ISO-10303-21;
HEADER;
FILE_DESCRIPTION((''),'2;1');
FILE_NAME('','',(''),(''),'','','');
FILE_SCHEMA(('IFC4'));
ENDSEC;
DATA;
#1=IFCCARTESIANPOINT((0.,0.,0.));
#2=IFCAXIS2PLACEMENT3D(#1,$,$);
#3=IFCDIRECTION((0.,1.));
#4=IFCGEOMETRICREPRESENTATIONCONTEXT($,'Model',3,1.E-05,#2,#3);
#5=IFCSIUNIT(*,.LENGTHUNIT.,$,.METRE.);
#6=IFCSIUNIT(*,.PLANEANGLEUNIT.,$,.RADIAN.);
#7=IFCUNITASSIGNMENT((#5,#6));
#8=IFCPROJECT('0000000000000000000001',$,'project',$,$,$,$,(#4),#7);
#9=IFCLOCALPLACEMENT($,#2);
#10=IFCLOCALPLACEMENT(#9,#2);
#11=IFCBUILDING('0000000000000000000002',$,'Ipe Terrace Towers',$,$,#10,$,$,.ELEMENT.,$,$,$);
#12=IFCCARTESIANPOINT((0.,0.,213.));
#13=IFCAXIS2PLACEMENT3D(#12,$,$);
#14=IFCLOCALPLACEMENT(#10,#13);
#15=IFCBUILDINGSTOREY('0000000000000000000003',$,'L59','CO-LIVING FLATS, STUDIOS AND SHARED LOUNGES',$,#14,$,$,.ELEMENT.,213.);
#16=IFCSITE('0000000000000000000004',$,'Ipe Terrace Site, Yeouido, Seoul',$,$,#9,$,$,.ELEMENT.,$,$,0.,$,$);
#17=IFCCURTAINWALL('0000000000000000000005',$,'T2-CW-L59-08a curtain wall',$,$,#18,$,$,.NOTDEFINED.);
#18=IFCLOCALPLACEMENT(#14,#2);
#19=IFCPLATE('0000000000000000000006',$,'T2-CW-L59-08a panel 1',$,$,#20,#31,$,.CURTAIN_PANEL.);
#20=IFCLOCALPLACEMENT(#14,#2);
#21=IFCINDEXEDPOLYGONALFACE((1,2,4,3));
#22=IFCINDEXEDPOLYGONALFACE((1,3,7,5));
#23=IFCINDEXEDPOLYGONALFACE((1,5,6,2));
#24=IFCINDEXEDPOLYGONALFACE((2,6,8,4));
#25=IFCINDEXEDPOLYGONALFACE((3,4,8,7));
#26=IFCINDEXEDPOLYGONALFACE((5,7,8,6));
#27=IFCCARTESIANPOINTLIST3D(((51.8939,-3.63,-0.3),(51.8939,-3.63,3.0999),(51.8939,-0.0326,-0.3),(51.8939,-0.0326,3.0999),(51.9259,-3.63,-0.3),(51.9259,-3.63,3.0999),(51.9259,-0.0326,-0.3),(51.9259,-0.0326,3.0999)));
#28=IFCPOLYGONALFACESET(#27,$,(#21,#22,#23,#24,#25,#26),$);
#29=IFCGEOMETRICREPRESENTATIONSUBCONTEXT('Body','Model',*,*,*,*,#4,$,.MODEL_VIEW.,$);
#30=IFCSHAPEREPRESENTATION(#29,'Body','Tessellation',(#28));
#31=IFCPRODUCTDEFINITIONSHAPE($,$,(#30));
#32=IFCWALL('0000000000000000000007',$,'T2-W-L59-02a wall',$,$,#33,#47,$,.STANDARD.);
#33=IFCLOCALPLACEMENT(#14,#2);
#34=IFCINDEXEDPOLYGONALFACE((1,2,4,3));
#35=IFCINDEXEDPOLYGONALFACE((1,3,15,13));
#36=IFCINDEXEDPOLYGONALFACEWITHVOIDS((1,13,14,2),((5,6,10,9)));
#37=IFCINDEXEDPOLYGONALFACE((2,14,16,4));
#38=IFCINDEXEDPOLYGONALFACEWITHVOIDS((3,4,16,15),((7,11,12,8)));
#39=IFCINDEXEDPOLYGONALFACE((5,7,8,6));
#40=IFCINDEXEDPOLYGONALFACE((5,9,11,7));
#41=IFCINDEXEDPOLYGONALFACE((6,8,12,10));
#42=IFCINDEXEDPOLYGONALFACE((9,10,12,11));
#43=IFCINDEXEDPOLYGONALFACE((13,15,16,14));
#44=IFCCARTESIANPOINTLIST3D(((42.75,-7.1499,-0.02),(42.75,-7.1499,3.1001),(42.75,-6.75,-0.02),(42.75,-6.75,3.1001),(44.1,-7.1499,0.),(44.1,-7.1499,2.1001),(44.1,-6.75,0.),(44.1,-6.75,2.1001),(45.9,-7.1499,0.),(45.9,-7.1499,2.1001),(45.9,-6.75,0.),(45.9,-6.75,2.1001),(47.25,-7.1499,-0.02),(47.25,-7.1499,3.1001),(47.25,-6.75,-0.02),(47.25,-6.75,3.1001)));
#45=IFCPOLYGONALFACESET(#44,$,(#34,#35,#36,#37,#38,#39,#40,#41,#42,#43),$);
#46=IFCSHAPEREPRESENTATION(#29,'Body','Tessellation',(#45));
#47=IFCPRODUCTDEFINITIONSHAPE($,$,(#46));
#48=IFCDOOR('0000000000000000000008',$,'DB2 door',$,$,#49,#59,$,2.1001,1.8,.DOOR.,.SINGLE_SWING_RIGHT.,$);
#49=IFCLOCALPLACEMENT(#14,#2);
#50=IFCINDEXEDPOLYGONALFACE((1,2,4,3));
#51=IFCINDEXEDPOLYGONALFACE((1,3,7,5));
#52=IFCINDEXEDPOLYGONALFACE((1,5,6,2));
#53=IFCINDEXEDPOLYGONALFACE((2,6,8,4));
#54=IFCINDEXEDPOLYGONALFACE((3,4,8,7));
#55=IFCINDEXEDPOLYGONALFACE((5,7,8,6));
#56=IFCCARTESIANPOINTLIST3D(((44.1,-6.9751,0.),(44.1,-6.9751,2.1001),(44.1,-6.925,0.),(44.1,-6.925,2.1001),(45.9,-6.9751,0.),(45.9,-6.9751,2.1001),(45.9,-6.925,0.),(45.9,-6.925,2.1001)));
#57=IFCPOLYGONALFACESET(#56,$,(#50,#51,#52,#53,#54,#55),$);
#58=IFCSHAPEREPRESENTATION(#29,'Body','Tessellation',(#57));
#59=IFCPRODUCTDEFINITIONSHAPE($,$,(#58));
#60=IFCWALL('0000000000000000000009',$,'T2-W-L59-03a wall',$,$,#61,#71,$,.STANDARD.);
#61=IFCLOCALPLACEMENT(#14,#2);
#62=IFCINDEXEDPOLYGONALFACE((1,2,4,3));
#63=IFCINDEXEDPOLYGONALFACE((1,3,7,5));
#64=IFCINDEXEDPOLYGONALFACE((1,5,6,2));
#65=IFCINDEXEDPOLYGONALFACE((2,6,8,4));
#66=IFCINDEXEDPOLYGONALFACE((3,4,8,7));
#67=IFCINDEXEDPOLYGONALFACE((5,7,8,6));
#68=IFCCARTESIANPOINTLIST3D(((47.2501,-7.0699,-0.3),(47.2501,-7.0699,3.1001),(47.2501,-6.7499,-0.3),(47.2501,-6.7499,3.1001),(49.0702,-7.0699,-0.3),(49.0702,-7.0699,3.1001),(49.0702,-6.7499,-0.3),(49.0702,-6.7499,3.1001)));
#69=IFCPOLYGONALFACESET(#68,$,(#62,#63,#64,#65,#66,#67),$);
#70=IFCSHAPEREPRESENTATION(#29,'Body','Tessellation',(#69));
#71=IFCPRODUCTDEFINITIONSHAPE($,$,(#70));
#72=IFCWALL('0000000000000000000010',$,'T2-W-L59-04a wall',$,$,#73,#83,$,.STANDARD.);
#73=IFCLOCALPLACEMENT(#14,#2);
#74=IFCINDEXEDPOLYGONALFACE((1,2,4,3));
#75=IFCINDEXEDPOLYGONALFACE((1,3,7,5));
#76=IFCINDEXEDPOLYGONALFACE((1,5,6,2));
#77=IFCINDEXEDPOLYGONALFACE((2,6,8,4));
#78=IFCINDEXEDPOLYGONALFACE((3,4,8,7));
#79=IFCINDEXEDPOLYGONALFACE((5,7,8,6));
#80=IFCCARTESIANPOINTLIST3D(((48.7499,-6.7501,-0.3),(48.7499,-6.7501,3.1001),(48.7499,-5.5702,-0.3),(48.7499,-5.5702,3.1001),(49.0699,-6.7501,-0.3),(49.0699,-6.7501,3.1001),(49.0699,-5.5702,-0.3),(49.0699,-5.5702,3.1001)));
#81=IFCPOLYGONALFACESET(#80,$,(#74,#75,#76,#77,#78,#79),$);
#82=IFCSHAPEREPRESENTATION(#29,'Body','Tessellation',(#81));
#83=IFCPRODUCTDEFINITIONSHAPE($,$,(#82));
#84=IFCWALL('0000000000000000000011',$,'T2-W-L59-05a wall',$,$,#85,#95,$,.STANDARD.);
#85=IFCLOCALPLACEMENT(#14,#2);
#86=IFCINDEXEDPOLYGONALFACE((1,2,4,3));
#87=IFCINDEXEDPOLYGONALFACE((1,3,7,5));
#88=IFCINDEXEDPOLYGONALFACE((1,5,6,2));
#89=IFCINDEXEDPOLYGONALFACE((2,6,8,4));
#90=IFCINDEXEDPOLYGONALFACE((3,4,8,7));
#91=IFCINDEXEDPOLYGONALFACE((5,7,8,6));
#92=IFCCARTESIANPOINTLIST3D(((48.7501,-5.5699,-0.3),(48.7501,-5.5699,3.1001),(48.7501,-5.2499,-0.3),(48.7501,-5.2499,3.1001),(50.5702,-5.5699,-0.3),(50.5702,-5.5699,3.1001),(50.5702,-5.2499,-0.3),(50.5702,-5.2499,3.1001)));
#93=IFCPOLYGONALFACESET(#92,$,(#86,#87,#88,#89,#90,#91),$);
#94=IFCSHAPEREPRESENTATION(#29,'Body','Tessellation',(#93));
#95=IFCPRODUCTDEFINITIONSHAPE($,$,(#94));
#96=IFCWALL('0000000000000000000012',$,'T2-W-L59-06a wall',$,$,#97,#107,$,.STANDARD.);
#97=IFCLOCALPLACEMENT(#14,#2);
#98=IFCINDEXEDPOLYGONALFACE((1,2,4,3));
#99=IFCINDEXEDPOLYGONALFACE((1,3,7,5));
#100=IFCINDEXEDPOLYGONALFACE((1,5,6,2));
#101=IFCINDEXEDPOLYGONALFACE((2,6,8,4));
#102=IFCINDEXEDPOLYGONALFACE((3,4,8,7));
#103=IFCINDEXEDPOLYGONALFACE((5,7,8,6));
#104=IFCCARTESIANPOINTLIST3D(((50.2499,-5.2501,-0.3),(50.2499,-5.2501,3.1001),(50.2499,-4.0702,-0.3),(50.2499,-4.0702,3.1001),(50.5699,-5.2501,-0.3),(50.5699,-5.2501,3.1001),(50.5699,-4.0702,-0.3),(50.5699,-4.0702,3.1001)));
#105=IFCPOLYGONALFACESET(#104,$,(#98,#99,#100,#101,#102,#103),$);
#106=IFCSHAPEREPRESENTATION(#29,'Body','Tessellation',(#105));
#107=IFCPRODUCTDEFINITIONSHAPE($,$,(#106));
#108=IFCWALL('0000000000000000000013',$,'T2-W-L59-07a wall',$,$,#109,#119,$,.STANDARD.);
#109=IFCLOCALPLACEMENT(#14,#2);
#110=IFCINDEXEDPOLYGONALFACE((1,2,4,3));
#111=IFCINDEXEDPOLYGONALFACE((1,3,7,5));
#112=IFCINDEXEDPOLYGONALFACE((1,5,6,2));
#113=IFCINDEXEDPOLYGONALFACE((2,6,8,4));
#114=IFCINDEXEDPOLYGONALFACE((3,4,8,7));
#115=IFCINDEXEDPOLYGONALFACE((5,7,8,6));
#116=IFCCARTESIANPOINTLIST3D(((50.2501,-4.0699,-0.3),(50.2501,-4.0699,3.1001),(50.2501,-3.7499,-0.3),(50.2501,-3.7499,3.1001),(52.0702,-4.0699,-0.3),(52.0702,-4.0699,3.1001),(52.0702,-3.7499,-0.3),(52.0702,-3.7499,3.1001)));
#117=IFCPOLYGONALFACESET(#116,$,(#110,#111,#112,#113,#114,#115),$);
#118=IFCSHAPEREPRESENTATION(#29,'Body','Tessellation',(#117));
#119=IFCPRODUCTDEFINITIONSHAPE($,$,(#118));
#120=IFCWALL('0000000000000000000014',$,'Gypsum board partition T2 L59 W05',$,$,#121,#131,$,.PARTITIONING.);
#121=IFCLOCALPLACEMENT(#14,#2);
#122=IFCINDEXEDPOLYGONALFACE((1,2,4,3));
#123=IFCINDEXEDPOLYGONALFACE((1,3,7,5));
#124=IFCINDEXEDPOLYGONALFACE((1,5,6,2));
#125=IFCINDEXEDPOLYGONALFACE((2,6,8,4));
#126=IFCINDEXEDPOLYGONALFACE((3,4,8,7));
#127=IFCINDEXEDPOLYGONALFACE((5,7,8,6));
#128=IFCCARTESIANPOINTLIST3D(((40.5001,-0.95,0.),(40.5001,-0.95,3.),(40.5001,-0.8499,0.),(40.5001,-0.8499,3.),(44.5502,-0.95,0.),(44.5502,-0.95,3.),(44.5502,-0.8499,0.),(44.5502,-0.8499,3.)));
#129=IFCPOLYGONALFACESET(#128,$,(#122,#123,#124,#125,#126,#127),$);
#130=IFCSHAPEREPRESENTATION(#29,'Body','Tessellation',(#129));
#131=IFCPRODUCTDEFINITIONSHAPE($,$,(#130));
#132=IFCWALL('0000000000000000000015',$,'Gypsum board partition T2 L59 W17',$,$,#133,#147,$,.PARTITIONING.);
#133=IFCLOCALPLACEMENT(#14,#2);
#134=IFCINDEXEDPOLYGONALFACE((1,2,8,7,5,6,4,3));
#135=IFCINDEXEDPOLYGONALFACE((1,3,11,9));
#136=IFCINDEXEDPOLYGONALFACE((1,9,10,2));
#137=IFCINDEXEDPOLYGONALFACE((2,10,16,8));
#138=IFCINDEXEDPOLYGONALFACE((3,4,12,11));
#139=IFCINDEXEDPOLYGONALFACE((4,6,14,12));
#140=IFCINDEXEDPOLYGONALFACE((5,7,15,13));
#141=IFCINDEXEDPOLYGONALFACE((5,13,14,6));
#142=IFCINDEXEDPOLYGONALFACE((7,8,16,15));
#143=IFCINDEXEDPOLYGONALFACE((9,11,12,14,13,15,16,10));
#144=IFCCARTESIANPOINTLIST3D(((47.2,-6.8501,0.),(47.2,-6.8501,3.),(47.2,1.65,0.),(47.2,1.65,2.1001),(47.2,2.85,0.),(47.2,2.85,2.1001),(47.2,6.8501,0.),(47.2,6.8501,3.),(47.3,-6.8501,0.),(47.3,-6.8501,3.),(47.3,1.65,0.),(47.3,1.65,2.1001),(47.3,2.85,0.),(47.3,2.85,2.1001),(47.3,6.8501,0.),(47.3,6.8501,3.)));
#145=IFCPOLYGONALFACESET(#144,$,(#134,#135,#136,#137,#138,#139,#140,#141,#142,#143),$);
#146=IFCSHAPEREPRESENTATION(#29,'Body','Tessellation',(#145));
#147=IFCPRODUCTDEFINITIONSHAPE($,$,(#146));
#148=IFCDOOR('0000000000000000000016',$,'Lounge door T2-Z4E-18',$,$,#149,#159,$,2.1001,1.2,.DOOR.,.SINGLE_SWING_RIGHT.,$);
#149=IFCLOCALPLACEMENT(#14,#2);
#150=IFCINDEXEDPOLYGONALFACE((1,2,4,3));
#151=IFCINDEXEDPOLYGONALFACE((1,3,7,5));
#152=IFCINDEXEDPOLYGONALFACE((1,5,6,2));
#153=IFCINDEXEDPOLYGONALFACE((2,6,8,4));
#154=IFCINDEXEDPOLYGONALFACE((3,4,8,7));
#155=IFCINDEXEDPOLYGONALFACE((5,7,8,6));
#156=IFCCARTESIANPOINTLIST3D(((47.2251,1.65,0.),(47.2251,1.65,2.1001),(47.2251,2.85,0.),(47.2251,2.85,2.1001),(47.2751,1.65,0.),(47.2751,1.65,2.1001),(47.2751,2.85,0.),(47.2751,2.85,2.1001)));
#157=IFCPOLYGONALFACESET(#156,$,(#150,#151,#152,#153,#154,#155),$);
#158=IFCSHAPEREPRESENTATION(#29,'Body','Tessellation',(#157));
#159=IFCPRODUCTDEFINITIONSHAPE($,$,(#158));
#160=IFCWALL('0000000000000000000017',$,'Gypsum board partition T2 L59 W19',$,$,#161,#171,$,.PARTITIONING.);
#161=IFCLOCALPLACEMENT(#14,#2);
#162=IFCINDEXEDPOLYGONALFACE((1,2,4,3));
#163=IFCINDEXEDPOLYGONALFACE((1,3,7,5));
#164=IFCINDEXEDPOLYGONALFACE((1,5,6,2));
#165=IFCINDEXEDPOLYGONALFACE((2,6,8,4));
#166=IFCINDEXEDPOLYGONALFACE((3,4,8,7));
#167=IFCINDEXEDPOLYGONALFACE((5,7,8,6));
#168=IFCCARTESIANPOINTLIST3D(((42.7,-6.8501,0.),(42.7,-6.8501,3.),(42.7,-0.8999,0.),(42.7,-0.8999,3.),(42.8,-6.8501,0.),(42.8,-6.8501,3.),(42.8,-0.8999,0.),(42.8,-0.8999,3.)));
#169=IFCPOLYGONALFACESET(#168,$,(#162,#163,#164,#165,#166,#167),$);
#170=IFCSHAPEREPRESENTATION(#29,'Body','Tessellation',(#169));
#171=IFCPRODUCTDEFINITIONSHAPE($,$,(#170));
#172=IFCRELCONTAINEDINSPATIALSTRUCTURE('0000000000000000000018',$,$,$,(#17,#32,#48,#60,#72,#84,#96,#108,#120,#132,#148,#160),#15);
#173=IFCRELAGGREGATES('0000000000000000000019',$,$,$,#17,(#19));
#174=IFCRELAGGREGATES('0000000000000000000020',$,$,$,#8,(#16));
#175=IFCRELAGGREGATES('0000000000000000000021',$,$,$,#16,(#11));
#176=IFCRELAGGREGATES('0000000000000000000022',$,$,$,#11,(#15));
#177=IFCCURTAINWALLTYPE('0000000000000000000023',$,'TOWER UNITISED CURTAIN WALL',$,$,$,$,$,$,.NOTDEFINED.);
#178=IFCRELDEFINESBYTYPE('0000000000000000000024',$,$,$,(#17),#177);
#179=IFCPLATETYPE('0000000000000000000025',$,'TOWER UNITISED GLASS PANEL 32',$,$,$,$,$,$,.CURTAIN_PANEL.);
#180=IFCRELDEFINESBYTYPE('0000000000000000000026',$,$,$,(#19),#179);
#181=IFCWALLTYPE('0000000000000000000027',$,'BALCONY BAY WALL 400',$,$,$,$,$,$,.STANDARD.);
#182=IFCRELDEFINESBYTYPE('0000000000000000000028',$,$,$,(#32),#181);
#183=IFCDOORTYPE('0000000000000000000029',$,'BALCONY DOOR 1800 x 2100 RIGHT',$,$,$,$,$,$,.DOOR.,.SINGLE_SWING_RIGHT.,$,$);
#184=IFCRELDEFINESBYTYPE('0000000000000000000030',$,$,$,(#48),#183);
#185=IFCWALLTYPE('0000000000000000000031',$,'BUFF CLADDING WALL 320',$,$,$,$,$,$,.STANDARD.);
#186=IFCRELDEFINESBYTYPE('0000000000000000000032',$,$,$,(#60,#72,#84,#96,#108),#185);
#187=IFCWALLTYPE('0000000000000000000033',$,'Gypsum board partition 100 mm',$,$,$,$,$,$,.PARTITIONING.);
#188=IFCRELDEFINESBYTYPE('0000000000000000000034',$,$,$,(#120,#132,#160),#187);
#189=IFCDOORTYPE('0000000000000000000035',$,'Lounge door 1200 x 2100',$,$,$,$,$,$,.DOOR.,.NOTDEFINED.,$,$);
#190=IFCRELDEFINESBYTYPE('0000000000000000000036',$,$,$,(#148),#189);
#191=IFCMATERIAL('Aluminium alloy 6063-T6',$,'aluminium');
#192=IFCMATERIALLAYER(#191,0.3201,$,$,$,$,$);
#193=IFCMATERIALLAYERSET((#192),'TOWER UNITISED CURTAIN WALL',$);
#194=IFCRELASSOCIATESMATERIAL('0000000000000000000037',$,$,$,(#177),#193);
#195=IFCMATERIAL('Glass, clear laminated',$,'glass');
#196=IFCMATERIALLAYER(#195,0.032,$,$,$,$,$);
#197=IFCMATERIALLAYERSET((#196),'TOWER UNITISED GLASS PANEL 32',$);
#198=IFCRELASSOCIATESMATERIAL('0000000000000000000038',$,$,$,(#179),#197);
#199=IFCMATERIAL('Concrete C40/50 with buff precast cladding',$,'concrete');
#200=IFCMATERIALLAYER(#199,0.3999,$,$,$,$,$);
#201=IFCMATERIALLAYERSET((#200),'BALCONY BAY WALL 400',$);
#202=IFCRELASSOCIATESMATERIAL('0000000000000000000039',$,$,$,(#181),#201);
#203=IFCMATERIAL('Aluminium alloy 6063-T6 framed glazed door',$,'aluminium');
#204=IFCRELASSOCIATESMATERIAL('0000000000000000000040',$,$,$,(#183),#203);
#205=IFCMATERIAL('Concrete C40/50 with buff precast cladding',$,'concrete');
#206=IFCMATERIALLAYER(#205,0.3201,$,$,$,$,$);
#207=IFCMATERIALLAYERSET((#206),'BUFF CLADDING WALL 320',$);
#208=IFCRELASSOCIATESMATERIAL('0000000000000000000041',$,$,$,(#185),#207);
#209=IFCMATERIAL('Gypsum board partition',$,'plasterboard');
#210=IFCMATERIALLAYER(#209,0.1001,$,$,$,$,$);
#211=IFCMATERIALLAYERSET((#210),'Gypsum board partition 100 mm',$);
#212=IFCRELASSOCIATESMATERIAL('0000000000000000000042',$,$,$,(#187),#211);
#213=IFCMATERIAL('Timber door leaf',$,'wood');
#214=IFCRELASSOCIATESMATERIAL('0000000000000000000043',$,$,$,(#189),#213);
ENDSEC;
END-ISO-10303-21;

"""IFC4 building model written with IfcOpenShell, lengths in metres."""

from ifc_helpers import new_model, si_unit, direction, frame, frame_2d, origin, origin_2d, place, context, subcontext, project, spatial, rectangle, extrude, material, layer, layer_set, type_object, element, fill, aggregate, save


model = new_model("IFC4")

# Units and contexts
model_context = context("Model", 3, precision=1e-05, world=origin(), true_north=direction((0.0, 1.0)))
body_context = subcontext(model_context, "Body", "Model", "MODEL_VIEW")
ifc_project = project(units=[si_unit("LENGTHUNIT", "METRE"), si_unit("PLANEANGLEUNIT", "RADIAN")], contexts=[model_context])

# Site, building, storey
site_placement = place(None, origin())
site = spatial("IfcSite", under=ifc_project, at=site_placement, Name="Ipe Terrace Site, Yeouido, Seoul", CompositionType="ELEMENT", RefElevation=0.0)
building_placement = place(site_placement, origin())
building = spatial("IfcBuilding", under=site, at=building_placement, Name="Ipe Terrace Towers", CompositionType="ELEMENT")
storey_placement = place(building_placement, frame((0.0, 0.0, 213.0)))
storey = spatial("IfcBuildingStorey", under=building, at=storey_placement, Name="L59", Description="CO-LIVING FLATS, STUDIOS AND SHARED LOUNGES", CompositionType="ELEMENT", Elevation=213.0)

# Curtain wall, plate
ifc_material_1 = material(Name="Aluminium alloy 6063-T6", Category="aluminium")
ifc_layer_1 = layer(ifc_material_1, 0.3201)
ifc_layer_set_1 = layer_set([ifc_layer_1], Name="TOWER UNITISED CURTAIN WALL")
curtain_wall_type = type_object("IfcCurtainWallType", Name="TOWER UNITISED CURTAIN WALL", PredefinedType="NOTDEFINED", material=ifc_layer_set_1)
curtain_wall_placement = place(storey_placement, origin())
curtain_wall = element("IfcCurtainWall", 1, at=curtain_wall_placement, inside=storey, type_object=curtain_wall_type, Name="T2-CW-L59-08a curtain wall", PredefinedType="NOTDEFINED")
ifc_material_2 = material(Name="Glass, clear laminated", Category="glass")
ifc_layer_2 = layer(ifc_material_2, 0.032)
ifc_layer_set_2 = layer_set([ifc_layer_2], Name="TOWER UNITISED GLASS PANEL 32")
plate_type = type_object("IfcPlateType", Name="TOWER UNITISED GLASS PANEL 32", PredefinedType="CURTAIN_PANEL", material=ifc_layer_set_2)
plate_placement = place(storey_placement, frame((51.9099, -1.8313, -0.3), z_axis=(0.0, 0.0, 1.0), x_axis=(0.0, 1.0, 0.0)))
plate = element("IfcPlate", 2, at=plate_placement, type_object=plate_type, Name="T2-CW-L59-08a panel 1", PredefinedType="CURTAIN_PANEL", context=body_context, shape_type="SweptSolid", body=[
    extrude(rectangle(XDim=3.5974, YDim=0.032, at=origin_2d()), origin(), (0.0, 0.0, 1.0), 3.3999),
])
aggregate(curtain_wall, [plate])

# Wall, opening, door
ifc_material_3 = material(Name="Concrete C40/50 with buff precast cladding", Category="concrete")
ifc_layer_3 = layer(ifc_material_3, 0.3999)
ifc_layer_set_3 = layer_set([ifc_layer_3], Name="BALCONY BAY WALL 400")
wall_type_1 = type_object("IfcWallType", Name="BALCONY BAY WALL 400", PredefinedType="STANDARD", material=ifc_layer_set_3)
wall_1_placement = place(storey_placement, frame((42.75, -6.95, -0.02), z_axis=(0.0, 0.0, 1.0), x_axis=(1.0, 0.0, 0.0)))
wall_1 = element("IfcWall", 3, at=wall_1_placement, inside=storey, type_object=wall_type_1, Name="T2-W-L59-02a wall", PredefinedType="STANDARD", context=body_context, shape_type="SweptSolid", body=[
    extrude(rectangle(XDim=4.5, YDim=0.3999, at=frame_2d((2.25, 0.0))), origin(), (0.0, 0.0, 1.0), 3.1201),
])
opening_1_placement = place(wall_1_placement, frame((1.3501, 0.0, 0.02)))
opening_1 = element("IfcOpeningElement", 4, at=opening_1_placement, cuts=wall_1, PredefinedType="OPENING", context=body_context, shape_type="SweptSolid", body=[
    extrude(rectangle(XDim=1.8, YDim=2.1001, at=frame_2d((0.8999, 1.05))), frame((0.0, 0.21, 0.0), z_axis=(0.0, -1.0, 0.0), x_axis=(1.0, 0.0, 0.0)), (0.0, 0.0, 1.0), 0.4199),
])
ifc_material_4 = material(Name="Aluminium alloy 6063-T6 framed glazed door", Category="aluminium")
door_type_1 = type_object("IfcDoorType", Name="BALCONY DOOR 1800 x 2100 RIGHT", OperationType="SINGLE_SWING_RIGHT", PredefinedType="DOOR", material=ifc_material_4)
door_1_placement = place(opening_1_placement, origin())
door_1 = element("IfcDoor", 5, at=door_1_placement, inside=storey, type_object=door_type_1, Name="DB2 door", OperationType="SINGLE_SWING_RIGHT", OverallHeight=2.1001, OverallWidth=1.8, PredefinedType="DOOR", context=body_context, shape_type="SweptSolid", body=[
    extrude(rectangle(XDim=1.8, YDim=2.1001, at=frame_2d((0.8999, 1.05))), frame((0.0, 0.0249, 0.0), z_axis=(0.0, -1.0, 0.0), x_axis=(1.0, 0.0, 0.0)), (0.0, 0.0, 1.0), 0.05),
])
fill(opening_1, door_1)

# Walls
ifc_material_5 = material(Name="Concrete C40/50 with buff precast cladding", Category="concrete")
ifc_layer_4 = layer(ifc_material_5, 0.3201)
ifc_layer_set_4 = layer_set([ifc_layer_4], Name="BUFF CLADDING WALL 320")
wall_type_2 = type_object("IfcWallType", Name="BUFF CLADDING WALL 320", PredefinedType="STANDARD", material=ifc_layer_set_4)
wall_2_placement = place(storey_placement, frame((47.25, -6.9099, -0.3), z_axis=(0.0, 0.0, 1.0), x_axis=(1.0, 0.0, 0.0)))
element("IfcWall", 6, at=wall_2_placement, inside=storey, type_object=wall_type_2, Name="T2-W-L59-03a wall", PredefinedType="STANDARD", context=body_context, shape_type="SweptSolid", body=[
    extrude(rectangle(XDim=1.8201, YDim=0.3201, at=frame_2d((0.9102, 0.0))), origin(), (0.0, 0.0, 1.0), 3.4001),
])
wall_3_placement = place(storey_placement, frame((48.9099, -6.75, -0.3), z_axis=(0.0, 0.0, 1.0), x_axis=(0.0, 1.0, 0.0)))
element("IfcWall", 7, at=wall_3_placement, inside=storey, type_object=wall_type_2, Name="T2-W-L59-04a wall", PredefinedType="STANDARD", context=body_context, shape_type="SweptSolid", body=[
    extrude(rectangle(XDim=1.1799, YDim=0.3201, at=frame_2d((0.5898, 0.0))), origin(), (0.0, 0.0, 1.0), 3.4001),
])
wall_4_placement = place(storey_placement, frame((48.75, -5.4099, -0.3), z_axis=(0.0, 0.0, 1.0), x_axis=(1.0, 0.0, 0.0)))
element("IfcWall", 8, at=wall_4_placement, inside=storey, type_object=wall_type_2, Name="T2-W-L59-05a wall", PredefinedType="STANDARD", context=body_context, shape_type="SweptSolid", body=[
    extrude(rectangle(XDim=1.8201, YDim=0.3201, at=frame_2d((0.9102, 0.0))), origin(), (0.0, 0.0, 1.0), 3.4001),
])
wall_5_placement = place(storey_placement, frame((50.4099, -5.25, -0.3), z_axis=(0.0, 0.0, 1.0), x_axis=(0.0, 1.0, 0.0)))
element("IfcWall", 9, at=wall_5_placement, inside=storey, type_object=wall_type_2, Name="T2-W-L59-06a wall", PredefinedType="STANDARD", context=body_context, shape_type="SweptSolid", body=[
    extrude(rectangle(XDim=1.1799, YDim=0.3201, at=frame_2d((0.5898, 0.0))), origin(), (0.0, 0.0, 1.0), 3.4001),
])
wall_6_placement = place(storey_placement, frame((50.25, -3.9099, -0.3), z_axis=(0.0, 0.0, 1.0), x_axis=(1.0, 0.0, 0.0)))
element("IfcWall", 10, at=wall_6_placement, inside=storey, type_object=wall_type_2, Name="T2-W-L59-07a wall", PredefinedType="STANDARD", context=body_context, shape_type="SweptSolid", body=[
    extrude(rectangle(XDim=1.8201, YDim=0.3201, at=frame_2d((0.9102, 0.0))), origin(), (0.0, 0.0, 1.0), 3.4001),
])
ifc_material_6 = material(Name="Gypsum board partition", Category="plasterboard")
ifc_layer_5 = layer(ifc_material_6, 0.1001)
ifc_layer_set_5 = layer_set([ifc_layer_5], Name="Gypsum board partition 100 mm")
wall_type_3 = type_object("IfcWallType", Name="Gypsum board partition 100 mm", PredefinedType="PARTITIONING", material=ifc_layer_set_5)
wall_7_placement = place(storey_placement, frame((44.55, -0.8999, 0.0), z_axis=(0.0, 0.0, 1.0), x_axis=(-1.0, 0.0, 0.0)))
element("IfcWall", 11, at=wall_7_placement, inside=storey, type_object=wall_type_3, Name="Gypsum board partition T2 L59 W05", PredefinedType="PARTITIONING", context=body_context, shape_type="SweptSolid", body=[
    extrude(rectangle(XDim=4.05, YDim=0.1001, at=frame_2d((2.0249, 0.0))), origin(), (0.0, 0.0, 1.0), 3.0),
])

# Wall, opening, door
wall_8_placement = place(storey_placement, frame((47.25, -6.8501, 0.0), z_axis=(0.0, 0.0, 1.0), x_axis=(0.0, 1.0, 0.0)))
wall_8 = element("IfcWall", 12, at=wall_8_placement, inside=storey, type_object=wall_type_3, Name="Gypsum board partition T2 L59 W17", PredefinedType="PARTITIONING", context=body_context, shape_type="SweptSolid", body=[
    extrude(rectangle(XDim=13.7002, YDim=0.1001, at=frame_2d((6.8501, 0.0))), origin(), (0.0, 0.0, 1.0), 3.0),
])
opening_2_placement = place(wall_8_placement, frame((8.5, 0.0, 0.0)))
opening_2 = element("IfcOpeningElement", 13, at=opening_2_placement, cuts=wall_8, PredefinedType="OPENING", context=body_context, shape_type="SweptSolid", body=[
    extrude(rectangle(XDim=1.2, YDim=2.1001, at=frame_2d((0.6001, 1.05))), frame((0.0, 0.0601, 0.0), z_axis=(0.0, -1.0, 0.0), x_axis=(1.0, 0.0, 0.0)), (0.0, 0.0, 1.0), 0.1201),
])
ifc_material_7 = material(Name="Timber door leaf", Category="wood")
door_type_2 = type_object("IfcDoorType", Name="Lounge door 1200 x 2100", OperationType="NOTDEFINED", PredefinedType="DOOR", material=ifc_material_7)
door_2_placement = place(opening_2_placement, origin())
door_2 = element("IfcDoor", 14, at=door_2_placement, inside=storey, type_object=door_type_2, Name="Lounge door T2-Z4E-18", OperationType="SINGLE_SWING_RIGHT", OverallHeight=2.1001, OverallWidth=1.2, PredefinedType="DOOR", context=body_context, shape_type="SweptSolid", body=[
    extrude(rectangle(XDim=1.2, YDim=2.1001, at=frame_2d((0.6001, 1.05))), frame((0.0, 0.0249, 0.0), z_axis=(0.0, -1.0, 0.0), x_axis=(1.0, 0.0, 0.0)), (0.0, 0.0, 1.0), 0.05),
])
fill(opening_2, door_2)

# Wall
wall_9_placement = place(storey_placement, frame((42.75, -6.8501, 0.0), z_axis=(0.0, 0.0, 1.0), x_axis=(0.0, 1.0, 0.0)))
element("IfcWall", 15, at=wall_9_placement, inside=storey, type_object=wall_type_3, Name="Gypsum board partition T2 L59 W19", PredefinedType="PARTITIONING", context=body_context, shape_type="SweptSolid", body=[
    extrude(rectangle(XDim=5.9502, YDim=0.1001, at=frame_2d((2.9751, 0.0))), origin(), (0.0, 0.0, 1.0), 3.0),
])

save(model, "model.ifc")
